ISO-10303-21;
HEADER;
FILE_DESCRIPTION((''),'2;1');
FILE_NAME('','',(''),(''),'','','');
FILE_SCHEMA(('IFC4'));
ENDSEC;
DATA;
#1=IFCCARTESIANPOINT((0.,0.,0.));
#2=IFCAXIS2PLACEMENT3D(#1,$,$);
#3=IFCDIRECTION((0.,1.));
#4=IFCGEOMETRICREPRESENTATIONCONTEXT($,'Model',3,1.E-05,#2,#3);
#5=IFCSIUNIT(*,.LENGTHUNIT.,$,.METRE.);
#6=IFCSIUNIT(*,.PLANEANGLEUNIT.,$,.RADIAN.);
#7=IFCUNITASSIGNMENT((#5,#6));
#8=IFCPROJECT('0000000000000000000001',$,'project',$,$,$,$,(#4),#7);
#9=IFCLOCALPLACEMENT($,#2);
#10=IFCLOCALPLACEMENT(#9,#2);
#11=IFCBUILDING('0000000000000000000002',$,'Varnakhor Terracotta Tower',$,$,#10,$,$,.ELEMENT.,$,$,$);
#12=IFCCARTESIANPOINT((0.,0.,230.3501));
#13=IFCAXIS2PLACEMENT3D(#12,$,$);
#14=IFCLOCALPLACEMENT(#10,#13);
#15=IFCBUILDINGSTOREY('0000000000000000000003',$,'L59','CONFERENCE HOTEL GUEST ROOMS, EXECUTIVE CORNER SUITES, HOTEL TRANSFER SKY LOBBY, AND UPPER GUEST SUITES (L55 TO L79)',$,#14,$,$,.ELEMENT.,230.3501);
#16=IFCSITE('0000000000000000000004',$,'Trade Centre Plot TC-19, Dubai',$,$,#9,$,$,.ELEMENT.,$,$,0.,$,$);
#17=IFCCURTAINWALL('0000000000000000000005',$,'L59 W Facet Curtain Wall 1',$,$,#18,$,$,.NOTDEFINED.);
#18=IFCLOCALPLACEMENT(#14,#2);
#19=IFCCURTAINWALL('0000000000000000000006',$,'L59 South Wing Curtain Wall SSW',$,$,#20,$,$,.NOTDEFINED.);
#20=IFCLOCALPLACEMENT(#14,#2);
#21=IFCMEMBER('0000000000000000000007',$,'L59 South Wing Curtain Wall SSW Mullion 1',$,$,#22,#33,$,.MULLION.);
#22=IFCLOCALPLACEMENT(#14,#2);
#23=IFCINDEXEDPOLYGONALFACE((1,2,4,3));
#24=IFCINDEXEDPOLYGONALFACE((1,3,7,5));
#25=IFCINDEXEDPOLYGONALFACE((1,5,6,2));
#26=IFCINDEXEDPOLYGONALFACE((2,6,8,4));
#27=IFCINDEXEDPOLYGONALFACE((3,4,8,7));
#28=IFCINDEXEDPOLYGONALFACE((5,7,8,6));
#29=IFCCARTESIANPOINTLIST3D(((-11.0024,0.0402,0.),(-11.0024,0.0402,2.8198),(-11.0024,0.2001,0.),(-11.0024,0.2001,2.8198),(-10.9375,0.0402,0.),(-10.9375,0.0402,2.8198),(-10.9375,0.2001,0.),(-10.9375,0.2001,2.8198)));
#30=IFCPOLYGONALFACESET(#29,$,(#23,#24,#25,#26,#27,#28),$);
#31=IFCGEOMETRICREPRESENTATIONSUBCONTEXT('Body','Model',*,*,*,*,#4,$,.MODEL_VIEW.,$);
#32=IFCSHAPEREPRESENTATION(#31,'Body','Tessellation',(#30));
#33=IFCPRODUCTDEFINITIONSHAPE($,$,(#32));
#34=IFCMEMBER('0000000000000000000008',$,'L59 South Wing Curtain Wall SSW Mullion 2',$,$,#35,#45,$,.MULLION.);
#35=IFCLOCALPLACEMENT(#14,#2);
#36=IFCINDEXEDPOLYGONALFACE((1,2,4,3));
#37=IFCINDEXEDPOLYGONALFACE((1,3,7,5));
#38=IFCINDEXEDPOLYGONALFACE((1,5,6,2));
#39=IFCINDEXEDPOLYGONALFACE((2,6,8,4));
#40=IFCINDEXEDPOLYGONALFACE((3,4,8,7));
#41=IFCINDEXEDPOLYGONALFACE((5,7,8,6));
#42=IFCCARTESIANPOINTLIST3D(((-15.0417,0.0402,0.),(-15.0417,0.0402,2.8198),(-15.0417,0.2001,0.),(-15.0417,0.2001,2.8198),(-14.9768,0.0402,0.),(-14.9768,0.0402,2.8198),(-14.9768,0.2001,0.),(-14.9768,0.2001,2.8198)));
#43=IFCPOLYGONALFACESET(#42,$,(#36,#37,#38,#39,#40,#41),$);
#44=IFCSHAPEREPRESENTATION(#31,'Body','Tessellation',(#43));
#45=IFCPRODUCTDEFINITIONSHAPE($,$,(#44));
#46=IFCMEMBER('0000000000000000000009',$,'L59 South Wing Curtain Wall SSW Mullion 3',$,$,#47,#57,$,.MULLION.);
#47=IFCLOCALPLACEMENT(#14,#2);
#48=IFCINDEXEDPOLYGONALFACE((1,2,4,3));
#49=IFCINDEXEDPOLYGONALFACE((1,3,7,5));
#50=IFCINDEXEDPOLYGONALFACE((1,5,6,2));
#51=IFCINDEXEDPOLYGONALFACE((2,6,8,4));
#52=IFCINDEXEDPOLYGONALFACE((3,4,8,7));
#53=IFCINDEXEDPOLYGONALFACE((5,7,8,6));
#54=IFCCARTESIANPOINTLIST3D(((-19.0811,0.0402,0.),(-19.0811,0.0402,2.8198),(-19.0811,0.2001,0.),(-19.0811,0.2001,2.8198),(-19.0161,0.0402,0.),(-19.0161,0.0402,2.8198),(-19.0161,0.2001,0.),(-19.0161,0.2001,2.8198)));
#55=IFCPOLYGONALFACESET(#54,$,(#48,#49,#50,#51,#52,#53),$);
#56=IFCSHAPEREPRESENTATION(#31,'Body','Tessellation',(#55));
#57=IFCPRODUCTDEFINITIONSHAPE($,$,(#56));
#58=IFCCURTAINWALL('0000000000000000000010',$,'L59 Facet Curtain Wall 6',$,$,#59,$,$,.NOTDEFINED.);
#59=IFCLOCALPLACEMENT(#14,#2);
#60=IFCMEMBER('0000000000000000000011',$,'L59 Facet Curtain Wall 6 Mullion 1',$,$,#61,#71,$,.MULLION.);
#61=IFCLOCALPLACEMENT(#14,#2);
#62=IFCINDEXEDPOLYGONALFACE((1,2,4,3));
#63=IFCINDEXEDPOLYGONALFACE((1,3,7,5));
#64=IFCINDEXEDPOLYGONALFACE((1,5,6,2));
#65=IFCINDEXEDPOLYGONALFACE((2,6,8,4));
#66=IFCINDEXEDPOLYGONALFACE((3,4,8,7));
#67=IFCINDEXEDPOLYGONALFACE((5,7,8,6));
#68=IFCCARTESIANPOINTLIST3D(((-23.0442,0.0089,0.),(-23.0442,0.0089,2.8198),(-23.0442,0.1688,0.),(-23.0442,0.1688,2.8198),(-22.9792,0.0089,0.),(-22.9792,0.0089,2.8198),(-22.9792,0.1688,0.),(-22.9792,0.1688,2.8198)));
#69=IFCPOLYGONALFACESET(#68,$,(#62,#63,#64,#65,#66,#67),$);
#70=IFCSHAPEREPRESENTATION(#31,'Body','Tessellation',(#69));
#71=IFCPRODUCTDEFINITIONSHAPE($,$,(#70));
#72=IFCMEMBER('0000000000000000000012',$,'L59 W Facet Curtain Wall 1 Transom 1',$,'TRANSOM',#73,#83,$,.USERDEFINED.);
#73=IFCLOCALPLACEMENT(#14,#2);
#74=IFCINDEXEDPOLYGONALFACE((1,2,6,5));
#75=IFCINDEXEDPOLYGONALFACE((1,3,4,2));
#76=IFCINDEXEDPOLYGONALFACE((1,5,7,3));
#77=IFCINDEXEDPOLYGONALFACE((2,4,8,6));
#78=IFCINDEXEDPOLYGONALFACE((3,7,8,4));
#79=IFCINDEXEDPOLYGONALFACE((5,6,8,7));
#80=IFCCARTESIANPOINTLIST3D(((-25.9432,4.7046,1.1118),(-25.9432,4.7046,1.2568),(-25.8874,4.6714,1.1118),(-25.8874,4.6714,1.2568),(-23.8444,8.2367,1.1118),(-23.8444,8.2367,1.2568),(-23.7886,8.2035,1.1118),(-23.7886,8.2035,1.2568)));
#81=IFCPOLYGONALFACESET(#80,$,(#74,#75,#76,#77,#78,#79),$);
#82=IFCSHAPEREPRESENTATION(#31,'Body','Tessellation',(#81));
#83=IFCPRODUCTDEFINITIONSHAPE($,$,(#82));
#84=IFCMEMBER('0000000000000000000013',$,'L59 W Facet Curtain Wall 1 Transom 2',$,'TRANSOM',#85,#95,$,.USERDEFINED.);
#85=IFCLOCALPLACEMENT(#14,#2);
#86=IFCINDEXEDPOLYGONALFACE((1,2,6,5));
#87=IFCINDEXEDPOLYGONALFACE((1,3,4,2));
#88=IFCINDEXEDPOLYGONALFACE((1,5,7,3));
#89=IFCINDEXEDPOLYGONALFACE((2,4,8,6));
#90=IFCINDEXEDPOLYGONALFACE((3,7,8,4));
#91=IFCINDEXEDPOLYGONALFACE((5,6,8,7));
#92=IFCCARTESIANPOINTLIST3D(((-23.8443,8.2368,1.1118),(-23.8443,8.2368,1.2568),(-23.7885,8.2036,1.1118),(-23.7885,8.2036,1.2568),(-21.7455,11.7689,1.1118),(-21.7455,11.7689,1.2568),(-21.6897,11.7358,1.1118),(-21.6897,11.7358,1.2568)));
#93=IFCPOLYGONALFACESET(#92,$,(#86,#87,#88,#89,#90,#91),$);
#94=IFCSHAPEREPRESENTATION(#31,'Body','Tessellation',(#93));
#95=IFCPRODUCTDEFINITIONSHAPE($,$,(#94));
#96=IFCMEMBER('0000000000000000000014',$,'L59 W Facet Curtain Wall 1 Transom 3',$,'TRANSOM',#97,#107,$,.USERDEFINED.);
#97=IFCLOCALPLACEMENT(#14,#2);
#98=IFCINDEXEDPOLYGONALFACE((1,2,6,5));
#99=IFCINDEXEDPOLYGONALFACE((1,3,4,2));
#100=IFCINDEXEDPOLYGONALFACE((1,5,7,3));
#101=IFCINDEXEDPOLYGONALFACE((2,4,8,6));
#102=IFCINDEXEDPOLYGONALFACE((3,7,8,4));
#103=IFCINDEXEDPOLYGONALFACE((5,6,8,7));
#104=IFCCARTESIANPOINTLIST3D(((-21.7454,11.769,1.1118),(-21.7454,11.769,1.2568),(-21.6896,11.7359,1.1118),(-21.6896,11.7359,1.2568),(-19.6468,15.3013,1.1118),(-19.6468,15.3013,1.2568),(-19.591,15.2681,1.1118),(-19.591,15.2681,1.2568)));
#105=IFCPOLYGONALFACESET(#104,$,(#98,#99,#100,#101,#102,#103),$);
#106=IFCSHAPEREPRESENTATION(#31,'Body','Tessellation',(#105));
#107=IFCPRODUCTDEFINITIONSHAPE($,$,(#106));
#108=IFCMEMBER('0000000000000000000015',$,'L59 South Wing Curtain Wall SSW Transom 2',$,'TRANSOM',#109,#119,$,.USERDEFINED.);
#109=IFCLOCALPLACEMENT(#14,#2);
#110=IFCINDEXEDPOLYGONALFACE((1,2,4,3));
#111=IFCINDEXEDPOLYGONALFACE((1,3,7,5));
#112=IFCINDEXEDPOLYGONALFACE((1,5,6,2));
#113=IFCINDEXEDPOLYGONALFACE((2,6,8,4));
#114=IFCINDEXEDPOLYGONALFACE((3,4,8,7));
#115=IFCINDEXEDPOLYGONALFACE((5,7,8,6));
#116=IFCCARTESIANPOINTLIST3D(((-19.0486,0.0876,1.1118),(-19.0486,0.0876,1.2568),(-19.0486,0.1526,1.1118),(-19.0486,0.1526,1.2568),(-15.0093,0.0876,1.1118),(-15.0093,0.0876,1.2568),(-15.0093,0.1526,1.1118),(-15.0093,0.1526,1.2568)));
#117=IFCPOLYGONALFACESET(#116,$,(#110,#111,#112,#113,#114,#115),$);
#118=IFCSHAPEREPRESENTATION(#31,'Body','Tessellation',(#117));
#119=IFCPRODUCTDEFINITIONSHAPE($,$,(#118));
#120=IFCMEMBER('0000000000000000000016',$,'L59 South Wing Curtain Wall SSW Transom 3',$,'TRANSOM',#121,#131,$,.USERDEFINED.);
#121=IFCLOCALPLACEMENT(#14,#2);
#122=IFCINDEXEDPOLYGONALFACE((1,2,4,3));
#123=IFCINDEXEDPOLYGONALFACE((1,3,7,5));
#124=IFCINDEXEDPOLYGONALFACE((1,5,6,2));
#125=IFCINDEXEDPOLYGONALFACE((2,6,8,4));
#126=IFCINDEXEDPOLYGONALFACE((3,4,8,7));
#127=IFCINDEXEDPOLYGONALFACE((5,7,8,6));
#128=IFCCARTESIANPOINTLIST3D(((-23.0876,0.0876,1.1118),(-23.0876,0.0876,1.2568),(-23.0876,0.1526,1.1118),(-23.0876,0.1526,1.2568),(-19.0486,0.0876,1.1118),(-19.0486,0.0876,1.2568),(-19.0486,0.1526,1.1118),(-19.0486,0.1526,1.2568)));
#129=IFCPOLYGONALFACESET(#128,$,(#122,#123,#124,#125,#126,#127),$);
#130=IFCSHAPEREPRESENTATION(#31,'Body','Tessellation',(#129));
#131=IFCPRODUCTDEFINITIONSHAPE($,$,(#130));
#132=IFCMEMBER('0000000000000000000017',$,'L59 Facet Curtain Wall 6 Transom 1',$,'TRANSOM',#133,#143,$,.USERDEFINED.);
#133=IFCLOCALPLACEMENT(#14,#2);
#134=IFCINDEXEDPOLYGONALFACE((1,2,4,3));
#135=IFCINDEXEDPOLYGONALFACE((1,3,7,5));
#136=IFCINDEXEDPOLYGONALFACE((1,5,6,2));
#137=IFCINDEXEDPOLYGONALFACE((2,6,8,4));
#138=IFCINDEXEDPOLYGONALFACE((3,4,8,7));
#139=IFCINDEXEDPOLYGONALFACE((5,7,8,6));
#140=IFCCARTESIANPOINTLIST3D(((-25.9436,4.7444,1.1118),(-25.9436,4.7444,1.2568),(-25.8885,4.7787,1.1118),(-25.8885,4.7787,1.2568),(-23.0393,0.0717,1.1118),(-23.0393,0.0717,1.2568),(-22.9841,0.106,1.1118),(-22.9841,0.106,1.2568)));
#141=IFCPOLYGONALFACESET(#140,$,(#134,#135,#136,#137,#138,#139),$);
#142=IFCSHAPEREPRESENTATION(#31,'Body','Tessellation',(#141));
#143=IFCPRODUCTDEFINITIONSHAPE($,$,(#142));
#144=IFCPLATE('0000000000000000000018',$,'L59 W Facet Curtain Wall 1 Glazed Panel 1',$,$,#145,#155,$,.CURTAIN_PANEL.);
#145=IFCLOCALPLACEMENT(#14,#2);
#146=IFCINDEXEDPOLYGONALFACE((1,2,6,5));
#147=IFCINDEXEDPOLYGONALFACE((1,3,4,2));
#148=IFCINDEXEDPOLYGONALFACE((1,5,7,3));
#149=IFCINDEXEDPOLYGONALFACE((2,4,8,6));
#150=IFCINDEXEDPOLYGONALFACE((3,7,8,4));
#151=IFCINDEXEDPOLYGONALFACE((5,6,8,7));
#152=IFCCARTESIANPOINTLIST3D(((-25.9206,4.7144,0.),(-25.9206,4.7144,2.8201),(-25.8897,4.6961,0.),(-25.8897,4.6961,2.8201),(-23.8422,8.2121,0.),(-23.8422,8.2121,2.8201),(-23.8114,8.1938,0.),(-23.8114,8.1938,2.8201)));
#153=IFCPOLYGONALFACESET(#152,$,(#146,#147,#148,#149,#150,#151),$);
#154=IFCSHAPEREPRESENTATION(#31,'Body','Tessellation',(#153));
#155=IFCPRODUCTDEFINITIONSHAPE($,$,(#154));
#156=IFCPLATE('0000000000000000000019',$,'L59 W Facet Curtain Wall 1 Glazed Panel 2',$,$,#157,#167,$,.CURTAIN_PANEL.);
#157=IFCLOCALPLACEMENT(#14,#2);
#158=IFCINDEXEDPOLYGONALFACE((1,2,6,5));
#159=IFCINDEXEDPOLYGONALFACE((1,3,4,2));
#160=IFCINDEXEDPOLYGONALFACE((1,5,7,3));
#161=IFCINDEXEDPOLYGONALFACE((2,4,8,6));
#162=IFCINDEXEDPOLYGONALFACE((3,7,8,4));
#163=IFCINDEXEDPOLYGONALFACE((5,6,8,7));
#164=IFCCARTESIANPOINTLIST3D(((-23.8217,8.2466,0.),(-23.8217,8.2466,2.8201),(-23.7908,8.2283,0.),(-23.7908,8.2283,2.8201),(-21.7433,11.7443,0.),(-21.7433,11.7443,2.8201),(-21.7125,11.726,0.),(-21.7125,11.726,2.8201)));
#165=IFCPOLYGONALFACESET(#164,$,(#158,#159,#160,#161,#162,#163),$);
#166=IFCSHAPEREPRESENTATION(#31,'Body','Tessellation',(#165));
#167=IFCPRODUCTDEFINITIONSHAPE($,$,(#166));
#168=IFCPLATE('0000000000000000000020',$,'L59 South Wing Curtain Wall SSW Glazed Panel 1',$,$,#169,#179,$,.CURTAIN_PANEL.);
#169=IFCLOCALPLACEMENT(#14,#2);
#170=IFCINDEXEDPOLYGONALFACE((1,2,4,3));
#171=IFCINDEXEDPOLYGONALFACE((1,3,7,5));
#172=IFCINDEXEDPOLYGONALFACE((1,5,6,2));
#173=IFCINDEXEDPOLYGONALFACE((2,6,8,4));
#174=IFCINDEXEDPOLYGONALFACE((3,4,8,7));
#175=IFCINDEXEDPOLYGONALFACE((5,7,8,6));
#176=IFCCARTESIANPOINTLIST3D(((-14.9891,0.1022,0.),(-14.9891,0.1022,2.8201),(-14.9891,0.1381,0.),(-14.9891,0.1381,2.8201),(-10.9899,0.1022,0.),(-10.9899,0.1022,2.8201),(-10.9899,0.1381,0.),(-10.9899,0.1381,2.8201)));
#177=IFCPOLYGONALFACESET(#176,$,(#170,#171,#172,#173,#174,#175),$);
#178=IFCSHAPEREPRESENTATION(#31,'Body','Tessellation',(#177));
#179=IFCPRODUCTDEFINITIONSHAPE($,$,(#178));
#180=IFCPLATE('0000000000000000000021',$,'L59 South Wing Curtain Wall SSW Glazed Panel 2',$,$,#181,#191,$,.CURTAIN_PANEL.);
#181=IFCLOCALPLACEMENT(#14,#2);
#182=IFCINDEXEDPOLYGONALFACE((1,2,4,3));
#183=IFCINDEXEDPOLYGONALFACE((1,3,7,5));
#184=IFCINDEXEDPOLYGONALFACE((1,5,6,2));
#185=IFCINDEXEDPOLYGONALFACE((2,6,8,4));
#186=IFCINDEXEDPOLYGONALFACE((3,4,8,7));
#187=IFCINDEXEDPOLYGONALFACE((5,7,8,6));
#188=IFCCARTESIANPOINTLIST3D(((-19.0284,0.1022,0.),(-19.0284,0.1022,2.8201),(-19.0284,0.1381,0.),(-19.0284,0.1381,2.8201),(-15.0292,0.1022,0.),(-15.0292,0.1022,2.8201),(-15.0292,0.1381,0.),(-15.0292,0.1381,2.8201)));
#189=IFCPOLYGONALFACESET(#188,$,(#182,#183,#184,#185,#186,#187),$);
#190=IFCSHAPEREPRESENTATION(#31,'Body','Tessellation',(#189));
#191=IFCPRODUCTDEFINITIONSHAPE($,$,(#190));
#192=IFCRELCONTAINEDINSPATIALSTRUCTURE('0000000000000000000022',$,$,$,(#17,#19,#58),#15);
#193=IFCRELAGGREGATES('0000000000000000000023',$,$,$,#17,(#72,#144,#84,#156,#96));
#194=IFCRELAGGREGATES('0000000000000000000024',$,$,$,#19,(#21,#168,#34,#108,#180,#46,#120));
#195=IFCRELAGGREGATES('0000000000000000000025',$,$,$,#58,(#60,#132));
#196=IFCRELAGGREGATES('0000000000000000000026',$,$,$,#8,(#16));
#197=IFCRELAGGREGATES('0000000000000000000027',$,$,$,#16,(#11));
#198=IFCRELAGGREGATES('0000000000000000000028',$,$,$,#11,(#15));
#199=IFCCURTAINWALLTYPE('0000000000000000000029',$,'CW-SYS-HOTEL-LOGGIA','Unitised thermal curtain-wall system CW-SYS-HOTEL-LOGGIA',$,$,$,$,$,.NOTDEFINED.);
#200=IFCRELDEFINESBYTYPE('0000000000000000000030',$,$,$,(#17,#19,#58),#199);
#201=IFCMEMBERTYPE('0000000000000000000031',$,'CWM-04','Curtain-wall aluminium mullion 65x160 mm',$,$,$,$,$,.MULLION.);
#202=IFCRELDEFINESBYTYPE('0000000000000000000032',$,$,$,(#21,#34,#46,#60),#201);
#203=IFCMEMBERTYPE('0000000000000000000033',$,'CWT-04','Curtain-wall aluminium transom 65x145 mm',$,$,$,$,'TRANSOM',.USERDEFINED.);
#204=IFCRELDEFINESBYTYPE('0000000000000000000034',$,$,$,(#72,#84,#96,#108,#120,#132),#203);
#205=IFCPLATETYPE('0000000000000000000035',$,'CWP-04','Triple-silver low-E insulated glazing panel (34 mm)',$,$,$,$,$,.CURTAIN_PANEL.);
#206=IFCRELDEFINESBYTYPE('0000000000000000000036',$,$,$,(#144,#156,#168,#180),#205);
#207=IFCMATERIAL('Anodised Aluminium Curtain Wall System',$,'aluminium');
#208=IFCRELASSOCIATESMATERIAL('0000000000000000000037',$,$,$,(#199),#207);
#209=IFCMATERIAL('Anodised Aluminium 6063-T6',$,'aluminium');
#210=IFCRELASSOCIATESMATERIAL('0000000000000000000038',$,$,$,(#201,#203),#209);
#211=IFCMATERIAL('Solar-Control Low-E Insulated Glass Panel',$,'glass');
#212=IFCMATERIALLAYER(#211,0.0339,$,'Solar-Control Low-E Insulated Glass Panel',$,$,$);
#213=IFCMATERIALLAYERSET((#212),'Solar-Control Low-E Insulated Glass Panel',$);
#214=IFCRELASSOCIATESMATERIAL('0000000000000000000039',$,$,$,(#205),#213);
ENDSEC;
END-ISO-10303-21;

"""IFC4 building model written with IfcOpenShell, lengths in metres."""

from ifc_helpers import new_model, si_unit, direction, frame, origin, origin_2d, place, context, subcontext, project, spatial, rectangle, extrude, source, transform, mapped, material, layer, layer_set, material_profile, profile_set, type_object, element, aggregate, save


model = new_model("IFC4")

# Units and contexts
model_context = context("Model", 3, precision=1e-05, world=origin(), true_north=direction((0.0, 1.0)))
body_context = subcontext(model_context, "Body", "Model", "MODEL_VIEW")
ifc_project = project(units=[si_unit("LENGTHUNIT", "METRE"), si_unit("PLANEANGLEUNIT", "RADIAN")], contexts=[model_context])

# Site, building, storey
site_placement = place(None, origin())
site = spatial("IfcSite", under=ifc_project, at=site_placement, Name="Trade Centre Plot TC-19, Dubai", CompositionType="ELEMENT", RefElevation=0.0)
building_placement = place(site_placement, origin())
building = spatial("IfcBuilding", under=site, at=building_placement, Name="Varnakhor Terracotta Tower", CompositionType="ELEMENT")
storey_placement = place(building_placement, frame((0.0, 0.0, 230.3501)))
storey = spatial("IfcBuildingStorey", under=building, at=storey_placement, Name="L59", Description="CONFERENCE HOTEL GUEST ROOMS, EXECUTIVE CORNER SUITES, HOTEL TRANSFER SKY LOBBY, AND UPPER GUEST SUITES (L55 TO L79)", CompositionType="ELEMENT", Elevation=230.3501)

# Curtain walls, members
ifc_material_1 = material(Name="Anodised Aluminium Curtain Wall System", Category="aluminium")
curtain_wall_type = type_object("IfcCurtainWallType", Name="CW-SYS-HOTEL-LOGGIA", Description="Unitised thermal curtain-wall system CW-SYS-HOTEL-LOGGIA", PredefinedType="NOTDEFINED", material=ifc_material_1)
curtain_wall_1_placement = place(storey_placement, origin())
curtain_wall_1 = element("IfcCurtainWall", 1, at=curtain_wall_1_placement, inside=storey, type_object=curtain_wall_type, Name="L59 W Facet Curtain Wall 1", PredefinedType="NOTDEFINED")
ifc_material_2 = material(Name="Anodised Aluminium 6063-T6", Category="aluminium")
ifc_material_profile_1 = material_profile(ifc_material_2, rectangle(XDim=0.0649, YDim=0.1599, at=origin_2d()), Name="ALU MULLION 65x160")
ifc_profile_set_1 = profile_set([ifc_material_profile_1], Name="Anodised Aluminium 6063-T6")
member_type_1 = type_object("IfcMemberType", Name="CWM-04", Description="Curtain-wall aluminium mullion 65x160 mm", PredefinedType="MULLION", material=ifc_profile_set_1)
shared_shape_1 = source(origin(), body_context, "Body", "SweptSolid", [
    extrude(rectangle(XDim=0.0649, YDim=0.1599, at=origin_2d()), origin(), (0.0, 0.0, 1.0), 2.8198),
])
curtain_wall_2_placement = place(storey_placement, origin())
curtain_wall_2 = element("IfcCurtainWall", 2, at=curtain_wall_2_placement, inside=storey, type_object=curtain_wall_type, Name="L59 South Wing Curtain Wall SSW", PredefinedType="NOTDEFINED")
member_1_placement = place(storey_placement, frame((-10.97, 0.1201, 0.0), z_axis=(0.0, 0.0, 1.0), x_axis=(1.0, 0.0, 0.0)))
member_1 = element("IfcMember", 3, at=member_1_placement, type_object=member_type_1, Name="L59 South Wing Curtain Wall SSW Mullion 1", PredefinedType="MULLION", context=body_context, shape_type="MappedRepresentation", body=[
    mapped(shared_shape_1, transform((0.0, 0.0, 0.0), scale=1.0)),
])
member_2_placement = place(storey_placement, frame((-15.0093, 0.1201, 0.0), z_axis=(0.0, 0.0, 1.0), x_axis=(1.0, 0.0, 0.0)))
member_2 = element("IfcMember", 4, at=member_2_placement, type_object=member_type_1, Name="L59 South Wing Curtain Wall SSW Mullion 2", PredefinedType="MULLION", context=body_context, shape_type="MappedRepresentation", body=[
    mapped(shared_shape_1, transform((0.0, 0.0, 0.0), scale=1.0)),
])
member_3_placement = place(storey_placement, frame((-19.0486, 0.1201, 0.0), z_axis=(0.0, 0.0, 1.0), x_axis=(1.0, 0.0, 0.0)))
member_3 = element("IfcMember", 5, at=member_3_placement, type_object=member_type_1, Name="L59 South Wing Curtain Wall SSW Mullion 3", PredefinedType="MULLION", context=body_context, shape_type="MappedRepresentation", body=[
    mapped(shared_shape_1, transform((0.0, 0.0, 0.0), scale=1.0)),
])

# Curtain wall, member
curtain_wall_3_placement = place(storey_placement, origin())
curtain_wall_3 = element("IfcCurtainWall", 6, at=curtain_wall_3_placement, inside=storey, type_object=curtain_wall_type, Name="L59 Facet Curtain Wall 6", PredefinedType="NOTDEFINED")
member_4_placement = place(storey_placement, frame((-23.0117, 0.0889, 0.0), z_axis=(0.0, 0.0, 1.0), x_axis=(1.0, 0.0, 0.0)))
member_4 = element("IfcMember", 7, at=member_4_placement, type_object=member_type_1, Name="L59 Facet Curtain Wall 6 Mullion 1", PredefinedType="MULLION", context=body_context, shape_type="MappedRepresentation", body=[
    mapped(shared_shape_1, transform((0.0, 0.0, 0.0), scale=1.0)),
])

# Members
ifc_material_profile_2 = material_profile(ifc_material_2, rectangle(XDim=0.0649, YDim=0.145, at=origin_2d()), Name="ALU TRANSOM 65x145")
ifc_profile_set_2 = profile_set([ifc_material_profile_2], Name="Anodised Aluminium 6063-T6")
member_type_2 = type_object("IfcMemberType", Name="CWT-04", Description="Curtain-wall aluminium transom 65x145 mm", ElementType="TRANSOM", PredefinedType="USERDEFINED", material=ifc_profile_set_2)
shared_shape_2 = source(origin(), body_context, "Body", "SweptSolid", [
    extrude(rectangle(XDim=0.0649, YDim=0.145, at=origin_2d()), origin(), (0.0, 0.0, 1.0), 4.1086),
])
member_5_placement = place(storey_placement, frame((-25.9153, 4.688, 1.1843), z_axis=(0.51083, 0.859682, 0.0), x_axis=(-0.859682, 0.51083, 0.0)))
member_5 = element("IfcMember", 8, at=member_5_placement, type_object=member_type_2, Name="L59 W Facet Curtain Wall 1 Transom 1", ObjectType="TRANSOM", PredefinedType="USERDEFINED", context=body_context, shape_type="MappedRepresentation", body=[
    mapped(shared_shape_2, transform((0.0, 0.0, 0.0), scale=1.0)),
])
member_6_placement = place(storey_placement, frame((-23.8164, 8.2202, 1.1843), z_axis=(0.51083, 0.859682, 0.0), x_axis=(-0.859682, 0.51083, 0.0)))
member_6 = element("IfcMember", 9, at=member_6_placement, type_object=member_type_2, Name="L59 W Facet Curtain Wall 1 Transom 2", ObjectType="TRANSOM", PredefinedType="USERDEFINED", context=body_context, shape_type="MappedRepresentation", body=[
    mapped(shared_shape_2, transform((0.0, 0.0, 0.0), scale=1.0)),
])
member_7_placement = place(storey_placement, frame((-21.7175, 11.7524, 1.1843), z_axis=(0.510786, 0.859708, 0.0), x_axis=(-0.859708, 0.510786, 0.0)))
member_7 = element("IfcMember", 10, at=member_7_placement, type_object=member_type_2, Name="L59 W Facet Curtain Wall 1 Transom 3", ObjectType="TRANSOM", PredefinedType="USERDEFINED", context=body_context, shape_type="MappedRepresentation", body=[
    mapped(shared_shape_2, transform((0.0, 0.0, 0.0), scale=1.0)),
])
shared_shape_3 = source(origin(), body_context, "Body", "SweptSolid", [
    extrude(rectangle(XDim=0.0649, YDim=0.145, at=origin_2d()), origin(), (0.0, 0.0, 1.0), 4.0393),
])
member_8_placement = place(storey_placement, frame((-15.0093, 0.1201, 1.1843), z_axis=(-1.0, 0.0, 0.0), x_axis=(0.0, -1.0, 0.0)))
member_8 = element("IfcMember", 11, at=member_8_placement, type_object=member_type_2, Name="L59 South Wing Curtain Wall SSW Transom 2", ObjectType="TRANSOM", PredefinedType="USERDEFINED", context=body_context, shape_type="MappedRepresentation", body=[
    mapped(shared_shape_3, transform((0.0, 0.0, 0.0), scale=1.0)),
])
shared_shape_4 = source(origin(), body_context, "Body", "SweptSolid", [
    extrude(rectangle(XDim=0.0649, YDim=0.145, at=origin_2d()), origin(), (0.0, 0.0, 1.0), 4.0391),
])
member_9_placement = place(storey_placement, frame((-19.0486, 0.1201, 1.1843), z_axis=(-1.0, 0.0, 0.0), x_axis=(0.0, -1.0, 0.0)))
member_9 = element("IfcMember", 12, at=member_9_placement, type_object=member_type_2, Name="L59 South Wing Curtain Wall SSW Transom 3", ObjectType="TRANSOM", PredefinedType="USERDEFINED", context=body_context, shape_type="MappedRepresentation", body=[
    mapped(shared_shape_4, transform((0.0, 0.0, 0.0), scale=1.0)),
])
shared_shape_5 = source(origin(), body_context, "Body", "SweptSolid", [
    extrude(rectangle(XDim=0.0649, YDim=0.145, at=origin_2d()), origin(), (0.0, 0.0, 1.0), 5.5017),
])
member_10_placement = place(storey_placement, frame((-23.0117, 0.0889, 1.1843), z_axis=(-0.527895, 0.84931, 0.0), x_axis=(-0.84931, -0.527895, 0.0)))
member_10 = element("IfcMember", 13, at=member_10_placement, type_object=member_type_2, Name="L59 Facet Curtain Wall 6 Transom 1", ObjectType="TRANSOM", PredefinedType="USERDEFINED", context=body_context, shape_type="MappedRepresentation", body=[
    mapped(shared_shape_5, transform((0.0, 0.0, 0.0), scale=1.0)),
])

# Plates
ifc_material_3 = material(Name="Solar-Control Low-E Insulated Glass Panel", Category="glass")
ifc_layer_1 = layer(ifc_material_3, 0.0339, Name="Solar-Control Low-E Insulated Glass Panel")
ifc_layer_set_1 = layer_set([ifc_layer_1], Name="Solar-Control Low-E Insulated Glass Panel")
plate_type = type_object("IfcPlateType", Name="CWP-04", Description="Triple-silver low-E insulated glazing panel (34 mm)", PredefinedType="CURTAIN_PANEL", material=ifc_layer_set_1)
shared_shape_6 = source(origin(), body_context, "Body", "SweptSolid", [
    extrude(rectangle(XDim=4.0686, YDim=0.0359, at=origin_2d()), origin(), (0.0, 0.0, 1.0), 2.8201),
])
plate_1_placement = place(storey_placement, frame((-24.866, 6.4541, 0.0), z_axis=(0.0, 0.0, 1.0), x_axis=(0.510828, 0.859683, 0.0)))
plate_1 = element("IfcPlate", 14, at=plate_1_placement, type_object=plate_type, Name="L59 W Facet Curtain Wall 1 Glazed Panel 1", PredefinedType="CURTAIN_PANEL", context=body_context, shape_type="MappedRepresentation", body=[
    mapped(shared_shape_6, transform((0.0, 0.0, 0.0), scale=1.0)),
])
plate_2_placement = place(storey_placement, frame((-22.7671, 9.9863, 0.0), z_axis=(0.0, 0.0, 1.0), x_axis=(0.510828, 0.859683, 0.0)))
plate_2 = element("IfcPlate", 15, at=plate_2_placement, type_object=plate_type, Name="L59 W Facet Curtain Wall 1 Glazed Panel 2", PredefinedType="CURTAIN_PANEL", context=body_context, shape_type="MappedRepresentation", body=[
    mapped(shared_shape_6, transform((0.0, 0.0, 0.0), scale=1.0)),
])
aggregate(curtain_wall_1, [member_5, plate_1, member_6, plate_2, member_7])
shared_shape_7 = source(origin(), body_context, "Body", "SweptSolid", [
    extrude(rectangle(XDim=3.9993, YDim=0.0359, at=origin_2d()), origin(), (0.0, 0.0, 1.0), 2.8201),
])
plate_3_placement = place(storey_placement, frame((-12.9895, 0.1201, 0.0), z_axis=(0.0, 0.0, 1.0), x_axis=(-1.0, 0.0, 0.0)))
plate_3 = element("IfcPlate", 16, at=plate_3_placement, type_object=plate_type, Name="L59 South Wing Curtain Wall SSW Glazed Panel 1", PredefinedType="CURTAIN_PANEL", context=body_context, shape_type="MappedRepresentation", body=[
    mapped(shared_shape_7, transform((0.0, 0.0, 0.0), scale=1.0)),
])
plate_4_placement = place(storey_placement, frame((-17.0288, 0.1201, 0.0), z_axis=(0.0, 0.0, 1.0), x_axis=(-1.0, 0.0, 0.0)))
plate_4 = element("IfcPlate", 17, at=plate_4_placement, type_object=plate_type, Name="L59 South Wing Curtain Wall SSW Glazed Panel 2", PredefinedType="CURTAIN_PANEL", context=body_context, shape_type="MappedRepresentation", body=[
    mapped(shared_shape_7, transform((0.0, 0.0, 0.0), scale=1.0)),
])
aggregate(curtain_wall_2, [member_1, plate_3, member_2, member_8, plate_4, member_3, member_9])
aggregate(curtain_wall_3, [member_4, member_10])

save(model, "model.ifc")
